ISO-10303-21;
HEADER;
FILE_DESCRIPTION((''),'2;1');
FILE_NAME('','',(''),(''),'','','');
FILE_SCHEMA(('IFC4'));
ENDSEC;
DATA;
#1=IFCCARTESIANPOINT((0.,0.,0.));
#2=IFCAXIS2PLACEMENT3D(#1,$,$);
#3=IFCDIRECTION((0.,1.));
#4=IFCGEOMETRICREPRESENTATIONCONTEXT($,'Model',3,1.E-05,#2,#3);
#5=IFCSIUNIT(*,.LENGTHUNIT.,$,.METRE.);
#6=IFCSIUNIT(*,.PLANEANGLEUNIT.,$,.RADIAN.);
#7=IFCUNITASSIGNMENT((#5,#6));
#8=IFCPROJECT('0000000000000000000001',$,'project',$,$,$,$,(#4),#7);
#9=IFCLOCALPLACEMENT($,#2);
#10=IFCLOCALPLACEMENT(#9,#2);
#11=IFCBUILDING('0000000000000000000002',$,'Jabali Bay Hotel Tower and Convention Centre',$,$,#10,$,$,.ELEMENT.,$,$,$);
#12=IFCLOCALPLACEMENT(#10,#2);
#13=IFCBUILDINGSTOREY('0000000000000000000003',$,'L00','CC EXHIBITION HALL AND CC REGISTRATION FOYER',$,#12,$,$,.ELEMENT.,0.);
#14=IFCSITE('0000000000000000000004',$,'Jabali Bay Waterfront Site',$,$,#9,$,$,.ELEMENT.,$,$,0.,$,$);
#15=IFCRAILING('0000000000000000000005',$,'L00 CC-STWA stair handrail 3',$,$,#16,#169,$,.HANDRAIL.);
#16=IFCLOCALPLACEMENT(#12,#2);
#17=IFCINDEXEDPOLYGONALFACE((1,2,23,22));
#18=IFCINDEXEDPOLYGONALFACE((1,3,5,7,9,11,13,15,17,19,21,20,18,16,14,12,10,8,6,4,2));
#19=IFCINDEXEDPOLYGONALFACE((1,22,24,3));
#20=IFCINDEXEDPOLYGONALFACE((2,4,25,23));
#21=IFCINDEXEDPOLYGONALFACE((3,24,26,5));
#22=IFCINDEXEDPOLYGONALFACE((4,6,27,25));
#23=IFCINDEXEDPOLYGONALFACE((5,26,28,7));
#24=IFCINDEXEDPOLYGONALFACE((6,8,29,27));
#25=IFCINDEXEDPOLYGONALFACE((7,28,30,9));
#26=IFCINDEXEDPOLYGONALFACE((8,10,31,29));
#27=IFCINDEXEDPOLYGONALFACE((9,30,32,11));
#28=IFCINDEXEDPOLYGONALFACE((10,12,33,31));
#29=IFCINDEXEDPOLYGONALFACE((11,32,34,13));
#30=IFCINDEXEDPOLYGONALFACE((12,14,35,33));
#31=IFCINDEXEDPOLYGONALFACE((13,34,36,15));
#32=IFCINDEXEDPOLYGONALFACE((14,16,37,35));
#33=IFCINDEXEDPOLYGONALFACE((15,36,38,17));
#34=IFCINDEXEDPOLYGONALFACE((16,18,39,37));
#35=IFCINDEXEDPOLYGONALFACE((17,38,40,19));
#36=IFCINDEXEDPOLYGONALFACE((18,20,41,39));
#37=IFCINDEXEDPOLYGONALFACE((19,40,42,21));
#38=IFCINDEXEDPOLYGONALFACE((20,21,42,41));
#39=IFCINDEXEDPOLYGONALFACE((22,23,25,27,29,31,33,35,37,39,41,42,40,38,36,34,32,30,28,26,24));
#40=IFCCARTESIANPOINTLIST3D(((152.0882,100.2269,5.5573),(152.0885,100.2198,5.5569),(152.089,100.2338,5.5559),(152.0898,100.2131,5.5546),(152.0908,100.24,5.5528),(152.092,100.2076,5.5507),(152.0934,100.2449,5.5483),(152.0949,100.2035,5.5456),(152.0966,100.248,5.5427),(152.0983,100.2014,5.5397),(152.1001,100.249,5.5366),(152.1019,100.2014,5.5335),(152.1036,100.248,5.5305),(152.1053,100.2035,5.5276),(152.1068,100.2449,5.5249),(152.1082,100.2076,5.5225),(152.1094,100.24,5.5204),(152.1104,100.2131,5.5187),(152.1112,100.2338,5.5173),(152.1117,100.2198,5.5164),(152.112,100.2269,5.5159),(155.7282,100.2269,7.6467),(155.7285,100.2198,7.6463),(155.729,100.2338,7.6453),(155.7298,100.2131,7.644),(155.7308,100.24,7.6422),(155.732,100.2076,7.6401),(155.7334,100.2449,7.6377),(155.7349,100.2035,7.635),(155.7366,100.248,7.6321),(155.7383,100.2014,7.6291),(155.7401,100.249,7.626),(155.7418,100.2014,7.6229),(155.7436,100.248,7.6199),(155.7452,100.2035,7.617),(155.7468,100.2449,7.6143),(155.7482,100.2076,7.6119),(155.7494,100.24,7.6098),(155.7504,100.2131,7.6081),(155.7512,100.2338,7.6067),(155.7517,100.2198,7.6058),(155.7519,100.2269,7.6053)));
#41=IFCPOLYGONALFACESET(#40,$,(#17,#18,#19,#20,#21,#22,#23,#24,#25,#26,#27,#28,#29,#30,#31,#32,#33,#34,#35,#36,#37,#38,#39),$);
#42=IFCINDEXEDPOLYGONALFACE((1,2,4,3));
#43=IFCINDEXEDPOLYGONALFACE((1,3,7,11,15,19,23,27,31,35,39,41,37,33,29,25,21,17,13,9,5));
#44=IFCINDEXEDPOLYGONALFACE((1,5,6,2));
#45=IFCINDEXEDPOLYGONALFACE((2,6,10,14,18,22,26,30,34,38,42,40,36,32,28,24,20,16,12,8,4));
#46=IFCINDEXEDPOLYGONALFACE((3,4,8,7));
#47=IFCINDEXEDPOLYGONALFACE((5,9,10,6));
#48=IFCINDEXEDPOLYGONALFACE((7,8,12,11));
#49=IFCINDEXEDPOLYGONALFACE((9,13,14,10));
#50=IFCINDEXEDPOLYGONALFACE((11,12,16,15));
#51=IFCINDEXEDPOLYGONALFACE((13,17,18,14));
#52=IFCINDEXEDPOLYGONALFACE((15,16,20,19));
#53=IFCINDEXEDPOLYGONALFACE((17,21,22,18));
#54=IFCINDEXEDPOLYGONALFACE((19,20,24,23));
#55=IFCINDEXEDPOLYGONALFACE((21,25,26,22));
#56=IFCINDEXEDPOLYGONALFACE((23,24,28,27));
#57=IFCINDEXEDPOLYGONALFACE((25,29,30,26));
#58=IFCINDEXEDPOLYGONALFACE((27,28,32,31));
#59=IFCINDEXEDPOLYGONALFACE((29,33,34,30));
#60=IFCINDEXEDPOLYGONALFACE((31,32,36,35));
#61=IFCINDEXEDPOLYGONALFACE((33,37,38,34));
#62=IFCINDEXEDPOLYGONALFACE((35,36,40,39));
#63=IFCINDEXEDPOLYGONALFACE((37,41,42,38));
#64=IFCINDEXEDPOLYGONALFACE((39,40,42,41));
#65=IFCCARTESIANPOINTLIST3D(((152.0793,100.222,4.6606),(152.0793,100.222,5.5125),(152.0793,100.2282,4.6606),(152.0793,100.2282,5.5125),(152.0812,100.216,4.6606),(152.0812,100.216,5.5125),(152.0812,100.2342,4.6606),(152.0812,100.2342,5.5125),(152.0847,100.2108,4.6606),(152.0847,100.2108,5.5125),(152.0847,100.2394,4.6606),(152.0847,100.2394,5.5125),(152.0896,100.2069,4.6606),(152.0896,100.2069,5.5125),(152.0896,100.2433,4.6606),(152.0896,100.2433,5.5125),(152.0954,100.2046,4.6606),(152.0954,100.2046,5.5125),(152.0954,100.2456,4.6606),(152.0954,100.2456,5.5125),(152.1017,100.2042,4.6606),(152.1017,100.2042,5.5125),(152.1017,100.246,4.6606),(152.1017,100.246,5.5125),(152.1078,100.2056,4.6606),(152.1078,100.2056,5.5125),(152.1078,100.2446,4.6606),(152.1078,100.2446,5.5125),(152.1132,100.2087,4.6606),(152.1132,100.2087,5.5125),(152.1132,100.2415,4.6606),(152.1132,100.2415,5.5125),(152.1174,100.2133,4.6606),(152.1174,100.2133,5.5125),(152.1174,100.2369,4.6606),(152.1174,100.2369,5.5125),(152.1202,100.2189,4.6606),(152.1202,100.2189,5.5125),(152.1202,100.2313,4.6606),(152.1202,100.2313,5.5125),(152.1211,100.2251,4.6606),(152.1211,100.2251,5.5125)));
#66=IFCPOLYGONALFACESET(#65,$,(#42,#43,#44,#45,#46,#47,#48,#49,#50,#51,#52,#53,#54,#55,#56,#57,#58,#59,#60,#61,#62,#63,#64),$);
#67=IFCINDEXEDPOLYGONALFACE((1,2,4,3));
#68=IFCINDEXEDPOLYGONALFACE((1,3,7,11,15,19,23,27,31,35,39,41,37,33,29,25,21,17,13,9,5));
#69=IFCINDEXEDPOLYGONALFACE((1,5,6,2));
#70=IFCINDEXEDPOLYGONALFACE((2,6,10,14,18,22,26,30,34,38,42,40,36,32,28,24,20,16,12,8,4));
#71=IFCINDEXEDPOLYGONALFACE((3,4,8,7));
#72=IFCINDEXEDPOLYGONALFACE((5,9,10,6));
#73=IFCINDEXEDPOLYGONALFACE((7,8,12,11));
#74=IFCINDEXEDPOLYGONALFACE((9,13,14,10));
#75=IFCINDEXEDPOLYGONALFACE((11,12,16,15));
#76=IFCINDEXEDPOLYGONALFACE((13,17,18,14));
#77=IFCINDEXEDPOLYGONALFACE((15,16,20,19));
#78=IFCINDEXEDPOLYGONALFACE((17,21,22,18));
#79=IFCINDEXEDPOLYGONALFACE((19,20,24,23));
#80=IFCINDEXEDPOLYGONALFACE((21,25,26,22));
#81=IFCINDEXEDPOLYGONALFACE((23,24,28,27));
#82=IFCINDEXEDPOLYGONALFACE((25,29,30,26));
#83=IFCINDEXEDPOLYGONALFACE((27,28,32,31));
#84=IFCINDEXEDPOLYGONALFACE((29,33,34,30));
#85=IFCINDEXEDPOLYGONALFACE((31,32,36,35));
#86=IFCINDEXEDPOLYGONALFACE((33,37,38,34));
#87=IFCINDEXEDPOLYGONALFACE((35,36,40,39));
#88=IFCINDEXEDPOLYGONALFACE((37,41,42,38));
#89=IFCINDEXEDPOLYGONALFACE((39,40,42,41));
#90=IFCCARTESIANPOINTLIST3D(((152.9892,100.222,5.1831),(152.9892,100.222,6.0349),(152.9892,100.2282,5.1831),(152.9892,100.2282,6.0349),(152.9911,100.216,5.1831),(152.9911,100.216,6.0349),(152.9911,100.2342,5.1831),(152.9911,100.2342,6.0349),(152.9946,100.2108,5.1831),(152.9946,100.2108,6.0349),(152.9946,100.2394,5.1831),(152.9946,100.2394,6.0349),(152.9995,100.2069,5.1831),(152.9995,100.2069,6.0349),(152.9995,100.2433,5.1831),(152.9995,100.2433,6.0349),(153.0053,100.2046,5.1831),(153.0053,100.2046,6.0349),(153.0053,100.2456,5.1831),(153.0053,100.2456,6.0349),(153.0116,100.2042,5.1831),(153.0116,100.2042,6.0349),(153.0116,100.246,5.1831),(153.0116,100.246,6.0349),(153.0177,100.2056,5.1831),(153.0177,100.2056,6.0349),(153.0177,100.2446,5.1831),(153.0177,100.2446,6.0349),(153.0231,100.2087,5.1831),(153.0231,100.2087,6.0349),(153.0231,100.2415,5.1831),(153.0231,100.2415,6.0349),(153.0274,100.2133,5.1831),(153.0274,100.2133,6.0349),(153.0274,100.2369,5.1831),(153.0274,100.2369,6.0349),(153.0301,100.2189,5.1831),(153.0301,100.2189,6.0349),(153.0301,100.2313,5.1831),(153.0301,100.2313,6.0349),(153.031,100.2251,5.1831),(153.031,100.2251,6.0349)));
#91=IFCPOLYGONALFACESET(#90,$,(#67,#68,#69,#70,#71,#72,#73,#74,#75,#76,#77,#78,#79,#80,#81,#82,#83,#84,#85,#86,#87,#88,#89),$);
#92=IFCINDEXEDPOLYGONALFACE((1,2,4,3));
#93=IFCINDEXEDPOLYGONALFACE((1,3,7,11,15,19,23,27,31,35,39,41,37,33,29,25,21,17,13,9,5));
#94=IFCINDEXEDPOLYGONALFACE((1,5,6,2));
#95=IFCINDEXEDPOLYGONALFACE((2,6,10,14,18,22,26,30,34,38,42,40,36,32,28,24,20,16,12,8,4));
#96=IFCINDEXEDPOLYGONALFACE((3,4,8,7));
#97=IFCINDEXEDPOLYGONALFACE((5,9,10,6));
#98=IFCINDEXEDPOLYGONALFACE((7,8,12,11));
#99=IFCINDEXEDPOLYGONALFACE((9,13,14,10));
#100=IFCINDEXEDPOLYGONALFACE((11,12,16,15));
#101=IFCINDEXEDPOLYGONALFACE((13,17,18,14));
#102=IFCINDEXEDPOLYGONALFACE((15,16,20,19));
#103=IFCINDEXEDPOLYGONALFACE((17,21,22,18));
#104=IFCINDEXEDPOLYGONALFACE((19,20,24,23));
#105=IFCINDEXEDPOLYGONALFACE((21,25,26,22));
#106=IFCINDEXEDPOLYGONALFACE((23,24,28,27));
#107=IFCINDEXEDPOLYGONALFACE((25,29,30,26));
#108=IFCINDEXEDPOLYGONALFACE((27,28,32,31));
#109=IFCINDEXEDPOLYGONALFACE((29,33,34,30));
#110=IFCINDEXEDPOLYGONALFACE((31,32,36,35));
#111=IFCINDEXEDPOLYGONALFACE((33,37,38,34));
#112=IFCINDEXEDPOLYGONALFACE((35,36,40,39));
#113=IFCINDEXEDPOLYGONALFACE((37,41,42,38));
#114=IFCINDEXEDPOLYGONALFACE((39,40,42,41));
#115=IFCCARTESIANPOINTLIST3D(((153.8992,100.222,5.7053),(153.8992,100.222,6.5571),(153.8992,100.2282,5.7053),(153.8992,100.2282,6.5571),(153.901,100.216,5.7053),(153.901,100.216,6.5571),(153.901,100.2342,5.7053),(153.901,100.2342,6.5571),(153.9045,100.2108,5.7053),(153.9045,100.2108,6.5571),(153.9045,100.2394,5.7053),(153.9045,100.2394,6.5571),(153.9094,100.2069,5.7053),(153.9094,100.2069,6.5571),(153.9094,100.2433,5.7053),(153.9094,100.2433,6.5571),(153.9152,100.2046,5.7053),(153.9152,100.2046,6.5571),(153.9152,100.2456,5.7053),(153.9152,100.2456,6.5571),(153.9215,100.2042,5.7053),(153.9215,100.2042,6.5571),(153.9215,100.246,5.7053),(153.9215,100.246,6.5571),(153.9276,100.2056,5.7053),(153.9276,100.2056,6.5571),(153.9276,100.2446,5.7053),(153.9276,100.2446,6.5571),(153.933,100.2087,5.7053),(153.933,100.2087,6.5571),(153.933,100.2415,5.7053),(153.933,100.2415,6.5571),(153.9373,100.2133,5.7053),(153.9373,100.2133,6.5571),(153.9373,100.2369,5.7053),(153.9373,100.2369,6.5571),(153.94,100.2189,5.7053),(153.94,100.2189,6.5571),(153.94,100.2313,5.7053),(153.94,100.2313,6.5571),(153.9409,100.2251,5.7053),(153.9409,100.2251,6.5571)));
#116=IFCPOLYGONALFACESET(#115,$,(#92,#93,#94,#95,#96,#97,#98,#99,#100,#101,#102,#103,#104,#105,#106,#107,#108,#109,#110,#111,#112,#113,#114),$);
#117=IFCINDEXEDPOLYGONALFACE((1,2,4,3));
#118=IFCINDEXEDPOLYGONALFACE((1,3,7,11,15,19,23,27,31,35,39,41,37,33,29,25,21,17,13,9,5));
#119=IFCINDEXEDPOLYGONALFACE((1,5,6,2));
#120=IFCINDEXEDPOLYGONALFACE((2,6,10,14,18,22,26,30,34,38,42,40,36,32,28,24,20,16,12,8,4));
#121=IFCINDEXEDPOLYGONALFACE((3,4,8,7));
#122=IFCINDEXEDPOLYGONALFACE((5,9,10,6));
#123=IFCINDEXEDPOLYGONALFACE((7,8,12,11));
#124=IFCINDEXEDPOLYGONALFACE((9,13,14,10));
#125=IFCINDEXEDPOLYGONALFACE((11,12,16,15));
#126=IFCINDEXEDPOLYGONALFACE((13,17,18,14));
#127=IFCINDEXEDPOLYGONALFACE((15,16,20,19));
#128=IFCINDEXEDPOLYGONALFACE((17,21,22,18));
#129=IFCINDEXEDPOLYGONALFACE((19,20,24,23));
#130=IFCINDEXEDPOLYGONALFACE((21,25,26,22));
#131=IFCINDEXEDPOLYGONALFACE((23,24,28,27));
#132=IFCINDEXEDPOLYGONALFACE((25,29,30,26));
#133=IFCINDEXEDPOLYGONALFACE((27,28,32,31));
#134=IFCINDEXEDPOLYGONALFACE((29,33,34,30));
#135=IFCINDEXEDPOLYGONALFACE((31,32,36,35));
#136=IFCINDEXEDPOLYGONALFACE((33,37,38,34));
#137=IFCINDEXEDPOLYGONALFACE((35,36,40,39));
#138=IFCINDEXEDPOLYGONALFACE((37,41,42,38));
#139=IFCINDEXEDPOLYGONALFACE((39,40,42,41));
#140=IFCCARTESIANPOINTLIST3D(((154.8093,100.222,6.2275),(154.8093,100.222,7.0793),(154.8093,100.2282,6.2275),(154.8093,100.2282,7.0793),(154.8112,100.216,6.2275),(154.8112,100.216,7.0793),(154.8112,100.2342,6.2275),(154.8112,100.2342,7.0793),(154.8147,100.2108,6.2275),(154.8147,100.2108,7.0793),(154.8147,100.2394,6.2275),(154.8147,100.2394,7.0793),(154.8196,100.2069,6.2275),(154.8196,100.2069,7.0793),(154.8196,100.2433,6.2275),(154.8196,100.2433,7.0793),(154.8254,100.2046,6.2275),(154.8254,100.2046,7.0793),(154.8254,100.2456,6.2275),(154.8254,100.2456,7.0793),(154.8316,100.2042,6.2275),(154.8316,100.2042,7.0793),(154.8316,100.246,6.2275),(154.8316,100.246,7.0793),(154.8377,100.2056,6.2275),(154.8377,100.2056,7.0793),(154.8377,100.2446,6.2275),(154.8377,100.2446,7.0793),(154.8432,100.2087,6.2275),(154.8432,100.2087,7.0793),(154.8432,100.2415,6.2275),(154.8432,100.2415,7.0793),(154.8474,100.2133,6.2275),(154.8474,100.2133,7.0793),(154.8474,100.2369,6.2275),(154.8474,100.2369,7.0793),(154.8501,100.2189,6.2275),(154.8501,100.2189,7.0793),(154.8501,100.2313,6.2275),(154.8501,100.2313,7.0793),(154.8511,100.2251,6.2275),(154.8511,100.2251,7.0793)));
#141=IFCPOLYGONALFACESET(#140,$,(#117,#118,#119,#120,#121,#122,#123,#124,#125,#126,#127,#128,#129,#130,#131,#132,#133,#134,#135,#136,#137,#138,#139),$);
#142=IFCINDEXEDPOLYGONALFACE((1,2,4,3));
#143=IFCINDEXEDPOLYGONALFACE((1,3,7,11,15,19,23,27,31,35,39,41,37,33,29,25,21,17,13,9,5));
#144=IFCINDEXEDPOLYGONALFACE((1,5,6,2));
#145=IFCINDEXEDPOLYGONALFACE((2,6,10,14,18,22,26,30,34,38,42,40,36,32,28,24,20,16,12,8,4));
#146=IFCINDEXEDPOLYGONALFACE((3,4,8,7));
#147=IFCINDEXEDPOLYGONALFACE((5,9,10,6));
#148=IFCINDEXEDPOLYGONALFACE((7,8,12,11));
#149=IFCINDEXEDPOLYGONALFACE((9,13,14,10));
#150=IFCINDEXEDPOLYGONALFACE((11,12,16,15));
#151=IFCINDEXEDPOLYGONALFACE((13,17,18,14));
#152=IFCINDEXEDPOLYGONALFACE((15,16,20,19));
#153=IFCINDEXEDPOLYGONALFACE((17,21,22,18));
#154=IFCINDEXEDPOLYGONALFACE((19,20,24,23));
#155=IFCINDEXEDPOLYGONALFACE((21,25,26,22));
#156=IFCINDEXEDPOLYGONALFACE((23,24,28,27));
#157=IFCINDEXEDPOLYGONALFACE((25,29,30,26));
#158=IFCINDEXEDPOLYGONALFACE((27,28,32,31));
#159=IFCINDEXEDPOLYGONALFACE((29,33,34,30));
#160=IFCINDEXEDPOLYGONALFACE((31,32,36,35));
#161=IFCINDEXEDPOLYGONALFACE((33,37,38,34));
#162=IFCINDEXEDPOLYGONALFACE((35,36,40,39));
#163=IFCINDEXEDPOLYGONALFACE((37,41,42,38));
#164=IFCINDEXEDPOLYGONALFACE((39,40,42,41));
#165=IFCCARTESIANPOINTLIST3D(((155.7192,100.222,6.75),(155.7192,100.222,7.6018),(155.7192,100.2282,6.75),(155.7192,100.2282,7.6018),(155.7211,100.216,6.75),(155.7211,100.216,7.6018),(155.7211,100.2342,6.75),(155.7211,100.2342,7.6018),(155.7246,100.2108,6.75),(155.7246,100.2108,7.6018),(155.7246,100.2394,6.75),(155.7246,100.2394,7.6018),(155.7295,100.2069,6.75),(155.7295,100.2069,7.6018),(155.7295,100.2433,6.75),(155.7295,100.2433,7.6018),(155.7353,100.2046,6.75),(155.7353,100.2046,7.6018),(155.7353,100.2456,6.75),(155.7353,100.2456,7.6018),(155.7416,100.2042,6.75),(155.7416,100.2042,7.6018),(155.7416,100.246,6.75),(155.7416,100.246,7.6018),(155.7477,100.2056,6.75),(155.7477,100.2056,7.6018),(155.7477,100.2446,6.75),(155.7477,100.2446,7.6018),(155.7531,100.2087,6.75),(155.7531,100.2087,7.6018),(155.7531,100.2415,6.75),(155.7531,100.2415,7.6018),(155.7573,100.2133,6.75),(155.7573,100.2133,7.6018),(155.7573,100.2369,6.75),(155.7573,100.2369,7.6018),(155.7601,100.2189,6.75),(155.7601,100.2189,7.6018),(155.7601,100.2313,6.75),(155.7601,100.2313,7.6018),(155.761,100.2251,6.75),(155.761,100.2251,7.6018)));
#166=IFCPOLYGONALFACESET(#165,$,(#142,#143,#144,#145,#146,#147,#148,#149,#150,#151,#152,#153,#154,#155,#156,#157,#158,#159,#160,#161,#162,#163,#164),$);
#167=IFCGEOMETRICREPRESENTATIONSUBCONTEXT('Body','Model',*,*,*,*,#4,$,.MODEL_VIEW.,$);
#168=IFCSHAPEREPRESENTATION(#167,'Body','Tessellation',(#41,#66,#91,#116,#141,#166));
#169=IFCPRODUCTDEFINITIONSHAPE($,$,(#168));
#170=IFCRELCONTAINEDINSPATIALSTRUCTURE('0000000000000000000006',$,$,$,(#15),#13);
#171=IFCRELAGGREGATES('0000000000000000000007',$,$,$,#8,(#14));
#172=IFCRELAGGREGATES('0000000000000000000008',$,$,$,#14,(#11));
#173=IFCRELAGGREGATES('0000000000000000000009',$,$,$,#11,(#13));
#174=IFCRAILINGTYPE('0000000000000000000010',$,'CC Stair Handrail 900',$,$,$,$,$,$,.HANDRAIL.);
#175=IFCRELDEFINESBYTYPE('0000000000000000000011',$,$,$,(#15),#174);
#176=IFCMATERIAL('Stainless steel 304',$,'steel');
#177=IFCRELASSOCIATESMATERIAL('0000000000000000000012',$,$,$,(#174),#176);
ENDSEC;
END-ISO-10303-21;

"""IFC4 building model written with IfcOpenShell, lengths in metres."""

from ifc_helpers import new_model, si_unit, direction, frame, origin, origin_2d, place, context, subcontext, project, spatial, circle, extrude, material, type_object, element, save


model = new_model("IFC4")

# Units and contexts
model_context = context("Model", 3, precision=1e-05, world=origin(), true_north=direction((0.0, 1.0)))
body_context = subcontext(model_context, "Body", "Model", "MODEL_VIEW")
ifc_project = project(units=[si_unit("LENGTHUNIT", "METRE"), si_unit("PLANEANGLEUNIT", "RADIAN")], contexts=[model_context])

# Site, building, storey
site_placement = place(None, origin())
site = spatial("IfcSite", under=ifc_project, at=site_placement, Name="Jabali Bay Waterfront Site", CompositionType="ELEMENT", RefElevation=0.0)
building_placement = place(site_placement, origin())
building = spatial("IfcBuilding", under=site, at=building_placement, Name="Jabali Bay Hotel Tower and Convention Centre", CompositionType="ELEMENT")
storey_placement = place(building_placement, origin())
storey = spatial("IfcBuildingStorey", under=building, at=storey_placement, Name="L00", Description="CC EXHIBITION HALL AND CC REGISTRATION FOYER", CompositionType="ELEMENT", Elevation=0.0)

# Railing
ifc_material_1 = material(Name="Stainless steel 304", Category="steel")
railing_type_1 = type_object("IfcRailingType", Name="CC Stair Handrail 900", PredefinedType="HANDRAIL", material=ifc_material_1)
for number, where, name in (
    (1, (152.1001, 100.2251, 4.6606), "L00 CC-STWA stair handrail 3"),
):
    element("IfcRailing", number, at=place(storey_placement, frame(where)), inside=storey, type_object=railing_type_1, Name=name, PredefinedType="HANDRAIL", context=body_context, shape_type="SweptSolid", body=[
        extrude(circle(Radius=0.0239, at=origin_2d()), frame((0.0, 0.0, 0.876), z_axis=(0.867275, 0.0, 0.497829), x_axis=(0.0, 1.0, 0.0)), (0.0, 0.0, 1.0), 4.197),
        extrude(circle(Radius=0.021, at=origin_2d()), origin(), (0.0, 0.0, 1.0), 0.8518),
        extrude(circle(Radius=0.021, at=origin_2d()), frame((0.9099, 0.0, 0.5225)), (0.0, 0.0, 1.0), 0.8518),
        extrude(circle(Radius=0.021, at=origin_2d()), frame((1.8198, 0.0, 1.0447)), (0.0, 0.0, 1.0), 0.8518),
        extrude(circle(Radius=0.021, at=origin_2d()), frame((2.73, 0.0, 1.5669)), (0.0, 0.0, 1.0), 0.8518),
        extrude(circle(Radius=0.021, at=origin_2d()), frame((3.6399, 0.0, 2.0894)), (0.0, 0.0, 1.0), 0.8518),
    ])

save(model, "model.ifc")
